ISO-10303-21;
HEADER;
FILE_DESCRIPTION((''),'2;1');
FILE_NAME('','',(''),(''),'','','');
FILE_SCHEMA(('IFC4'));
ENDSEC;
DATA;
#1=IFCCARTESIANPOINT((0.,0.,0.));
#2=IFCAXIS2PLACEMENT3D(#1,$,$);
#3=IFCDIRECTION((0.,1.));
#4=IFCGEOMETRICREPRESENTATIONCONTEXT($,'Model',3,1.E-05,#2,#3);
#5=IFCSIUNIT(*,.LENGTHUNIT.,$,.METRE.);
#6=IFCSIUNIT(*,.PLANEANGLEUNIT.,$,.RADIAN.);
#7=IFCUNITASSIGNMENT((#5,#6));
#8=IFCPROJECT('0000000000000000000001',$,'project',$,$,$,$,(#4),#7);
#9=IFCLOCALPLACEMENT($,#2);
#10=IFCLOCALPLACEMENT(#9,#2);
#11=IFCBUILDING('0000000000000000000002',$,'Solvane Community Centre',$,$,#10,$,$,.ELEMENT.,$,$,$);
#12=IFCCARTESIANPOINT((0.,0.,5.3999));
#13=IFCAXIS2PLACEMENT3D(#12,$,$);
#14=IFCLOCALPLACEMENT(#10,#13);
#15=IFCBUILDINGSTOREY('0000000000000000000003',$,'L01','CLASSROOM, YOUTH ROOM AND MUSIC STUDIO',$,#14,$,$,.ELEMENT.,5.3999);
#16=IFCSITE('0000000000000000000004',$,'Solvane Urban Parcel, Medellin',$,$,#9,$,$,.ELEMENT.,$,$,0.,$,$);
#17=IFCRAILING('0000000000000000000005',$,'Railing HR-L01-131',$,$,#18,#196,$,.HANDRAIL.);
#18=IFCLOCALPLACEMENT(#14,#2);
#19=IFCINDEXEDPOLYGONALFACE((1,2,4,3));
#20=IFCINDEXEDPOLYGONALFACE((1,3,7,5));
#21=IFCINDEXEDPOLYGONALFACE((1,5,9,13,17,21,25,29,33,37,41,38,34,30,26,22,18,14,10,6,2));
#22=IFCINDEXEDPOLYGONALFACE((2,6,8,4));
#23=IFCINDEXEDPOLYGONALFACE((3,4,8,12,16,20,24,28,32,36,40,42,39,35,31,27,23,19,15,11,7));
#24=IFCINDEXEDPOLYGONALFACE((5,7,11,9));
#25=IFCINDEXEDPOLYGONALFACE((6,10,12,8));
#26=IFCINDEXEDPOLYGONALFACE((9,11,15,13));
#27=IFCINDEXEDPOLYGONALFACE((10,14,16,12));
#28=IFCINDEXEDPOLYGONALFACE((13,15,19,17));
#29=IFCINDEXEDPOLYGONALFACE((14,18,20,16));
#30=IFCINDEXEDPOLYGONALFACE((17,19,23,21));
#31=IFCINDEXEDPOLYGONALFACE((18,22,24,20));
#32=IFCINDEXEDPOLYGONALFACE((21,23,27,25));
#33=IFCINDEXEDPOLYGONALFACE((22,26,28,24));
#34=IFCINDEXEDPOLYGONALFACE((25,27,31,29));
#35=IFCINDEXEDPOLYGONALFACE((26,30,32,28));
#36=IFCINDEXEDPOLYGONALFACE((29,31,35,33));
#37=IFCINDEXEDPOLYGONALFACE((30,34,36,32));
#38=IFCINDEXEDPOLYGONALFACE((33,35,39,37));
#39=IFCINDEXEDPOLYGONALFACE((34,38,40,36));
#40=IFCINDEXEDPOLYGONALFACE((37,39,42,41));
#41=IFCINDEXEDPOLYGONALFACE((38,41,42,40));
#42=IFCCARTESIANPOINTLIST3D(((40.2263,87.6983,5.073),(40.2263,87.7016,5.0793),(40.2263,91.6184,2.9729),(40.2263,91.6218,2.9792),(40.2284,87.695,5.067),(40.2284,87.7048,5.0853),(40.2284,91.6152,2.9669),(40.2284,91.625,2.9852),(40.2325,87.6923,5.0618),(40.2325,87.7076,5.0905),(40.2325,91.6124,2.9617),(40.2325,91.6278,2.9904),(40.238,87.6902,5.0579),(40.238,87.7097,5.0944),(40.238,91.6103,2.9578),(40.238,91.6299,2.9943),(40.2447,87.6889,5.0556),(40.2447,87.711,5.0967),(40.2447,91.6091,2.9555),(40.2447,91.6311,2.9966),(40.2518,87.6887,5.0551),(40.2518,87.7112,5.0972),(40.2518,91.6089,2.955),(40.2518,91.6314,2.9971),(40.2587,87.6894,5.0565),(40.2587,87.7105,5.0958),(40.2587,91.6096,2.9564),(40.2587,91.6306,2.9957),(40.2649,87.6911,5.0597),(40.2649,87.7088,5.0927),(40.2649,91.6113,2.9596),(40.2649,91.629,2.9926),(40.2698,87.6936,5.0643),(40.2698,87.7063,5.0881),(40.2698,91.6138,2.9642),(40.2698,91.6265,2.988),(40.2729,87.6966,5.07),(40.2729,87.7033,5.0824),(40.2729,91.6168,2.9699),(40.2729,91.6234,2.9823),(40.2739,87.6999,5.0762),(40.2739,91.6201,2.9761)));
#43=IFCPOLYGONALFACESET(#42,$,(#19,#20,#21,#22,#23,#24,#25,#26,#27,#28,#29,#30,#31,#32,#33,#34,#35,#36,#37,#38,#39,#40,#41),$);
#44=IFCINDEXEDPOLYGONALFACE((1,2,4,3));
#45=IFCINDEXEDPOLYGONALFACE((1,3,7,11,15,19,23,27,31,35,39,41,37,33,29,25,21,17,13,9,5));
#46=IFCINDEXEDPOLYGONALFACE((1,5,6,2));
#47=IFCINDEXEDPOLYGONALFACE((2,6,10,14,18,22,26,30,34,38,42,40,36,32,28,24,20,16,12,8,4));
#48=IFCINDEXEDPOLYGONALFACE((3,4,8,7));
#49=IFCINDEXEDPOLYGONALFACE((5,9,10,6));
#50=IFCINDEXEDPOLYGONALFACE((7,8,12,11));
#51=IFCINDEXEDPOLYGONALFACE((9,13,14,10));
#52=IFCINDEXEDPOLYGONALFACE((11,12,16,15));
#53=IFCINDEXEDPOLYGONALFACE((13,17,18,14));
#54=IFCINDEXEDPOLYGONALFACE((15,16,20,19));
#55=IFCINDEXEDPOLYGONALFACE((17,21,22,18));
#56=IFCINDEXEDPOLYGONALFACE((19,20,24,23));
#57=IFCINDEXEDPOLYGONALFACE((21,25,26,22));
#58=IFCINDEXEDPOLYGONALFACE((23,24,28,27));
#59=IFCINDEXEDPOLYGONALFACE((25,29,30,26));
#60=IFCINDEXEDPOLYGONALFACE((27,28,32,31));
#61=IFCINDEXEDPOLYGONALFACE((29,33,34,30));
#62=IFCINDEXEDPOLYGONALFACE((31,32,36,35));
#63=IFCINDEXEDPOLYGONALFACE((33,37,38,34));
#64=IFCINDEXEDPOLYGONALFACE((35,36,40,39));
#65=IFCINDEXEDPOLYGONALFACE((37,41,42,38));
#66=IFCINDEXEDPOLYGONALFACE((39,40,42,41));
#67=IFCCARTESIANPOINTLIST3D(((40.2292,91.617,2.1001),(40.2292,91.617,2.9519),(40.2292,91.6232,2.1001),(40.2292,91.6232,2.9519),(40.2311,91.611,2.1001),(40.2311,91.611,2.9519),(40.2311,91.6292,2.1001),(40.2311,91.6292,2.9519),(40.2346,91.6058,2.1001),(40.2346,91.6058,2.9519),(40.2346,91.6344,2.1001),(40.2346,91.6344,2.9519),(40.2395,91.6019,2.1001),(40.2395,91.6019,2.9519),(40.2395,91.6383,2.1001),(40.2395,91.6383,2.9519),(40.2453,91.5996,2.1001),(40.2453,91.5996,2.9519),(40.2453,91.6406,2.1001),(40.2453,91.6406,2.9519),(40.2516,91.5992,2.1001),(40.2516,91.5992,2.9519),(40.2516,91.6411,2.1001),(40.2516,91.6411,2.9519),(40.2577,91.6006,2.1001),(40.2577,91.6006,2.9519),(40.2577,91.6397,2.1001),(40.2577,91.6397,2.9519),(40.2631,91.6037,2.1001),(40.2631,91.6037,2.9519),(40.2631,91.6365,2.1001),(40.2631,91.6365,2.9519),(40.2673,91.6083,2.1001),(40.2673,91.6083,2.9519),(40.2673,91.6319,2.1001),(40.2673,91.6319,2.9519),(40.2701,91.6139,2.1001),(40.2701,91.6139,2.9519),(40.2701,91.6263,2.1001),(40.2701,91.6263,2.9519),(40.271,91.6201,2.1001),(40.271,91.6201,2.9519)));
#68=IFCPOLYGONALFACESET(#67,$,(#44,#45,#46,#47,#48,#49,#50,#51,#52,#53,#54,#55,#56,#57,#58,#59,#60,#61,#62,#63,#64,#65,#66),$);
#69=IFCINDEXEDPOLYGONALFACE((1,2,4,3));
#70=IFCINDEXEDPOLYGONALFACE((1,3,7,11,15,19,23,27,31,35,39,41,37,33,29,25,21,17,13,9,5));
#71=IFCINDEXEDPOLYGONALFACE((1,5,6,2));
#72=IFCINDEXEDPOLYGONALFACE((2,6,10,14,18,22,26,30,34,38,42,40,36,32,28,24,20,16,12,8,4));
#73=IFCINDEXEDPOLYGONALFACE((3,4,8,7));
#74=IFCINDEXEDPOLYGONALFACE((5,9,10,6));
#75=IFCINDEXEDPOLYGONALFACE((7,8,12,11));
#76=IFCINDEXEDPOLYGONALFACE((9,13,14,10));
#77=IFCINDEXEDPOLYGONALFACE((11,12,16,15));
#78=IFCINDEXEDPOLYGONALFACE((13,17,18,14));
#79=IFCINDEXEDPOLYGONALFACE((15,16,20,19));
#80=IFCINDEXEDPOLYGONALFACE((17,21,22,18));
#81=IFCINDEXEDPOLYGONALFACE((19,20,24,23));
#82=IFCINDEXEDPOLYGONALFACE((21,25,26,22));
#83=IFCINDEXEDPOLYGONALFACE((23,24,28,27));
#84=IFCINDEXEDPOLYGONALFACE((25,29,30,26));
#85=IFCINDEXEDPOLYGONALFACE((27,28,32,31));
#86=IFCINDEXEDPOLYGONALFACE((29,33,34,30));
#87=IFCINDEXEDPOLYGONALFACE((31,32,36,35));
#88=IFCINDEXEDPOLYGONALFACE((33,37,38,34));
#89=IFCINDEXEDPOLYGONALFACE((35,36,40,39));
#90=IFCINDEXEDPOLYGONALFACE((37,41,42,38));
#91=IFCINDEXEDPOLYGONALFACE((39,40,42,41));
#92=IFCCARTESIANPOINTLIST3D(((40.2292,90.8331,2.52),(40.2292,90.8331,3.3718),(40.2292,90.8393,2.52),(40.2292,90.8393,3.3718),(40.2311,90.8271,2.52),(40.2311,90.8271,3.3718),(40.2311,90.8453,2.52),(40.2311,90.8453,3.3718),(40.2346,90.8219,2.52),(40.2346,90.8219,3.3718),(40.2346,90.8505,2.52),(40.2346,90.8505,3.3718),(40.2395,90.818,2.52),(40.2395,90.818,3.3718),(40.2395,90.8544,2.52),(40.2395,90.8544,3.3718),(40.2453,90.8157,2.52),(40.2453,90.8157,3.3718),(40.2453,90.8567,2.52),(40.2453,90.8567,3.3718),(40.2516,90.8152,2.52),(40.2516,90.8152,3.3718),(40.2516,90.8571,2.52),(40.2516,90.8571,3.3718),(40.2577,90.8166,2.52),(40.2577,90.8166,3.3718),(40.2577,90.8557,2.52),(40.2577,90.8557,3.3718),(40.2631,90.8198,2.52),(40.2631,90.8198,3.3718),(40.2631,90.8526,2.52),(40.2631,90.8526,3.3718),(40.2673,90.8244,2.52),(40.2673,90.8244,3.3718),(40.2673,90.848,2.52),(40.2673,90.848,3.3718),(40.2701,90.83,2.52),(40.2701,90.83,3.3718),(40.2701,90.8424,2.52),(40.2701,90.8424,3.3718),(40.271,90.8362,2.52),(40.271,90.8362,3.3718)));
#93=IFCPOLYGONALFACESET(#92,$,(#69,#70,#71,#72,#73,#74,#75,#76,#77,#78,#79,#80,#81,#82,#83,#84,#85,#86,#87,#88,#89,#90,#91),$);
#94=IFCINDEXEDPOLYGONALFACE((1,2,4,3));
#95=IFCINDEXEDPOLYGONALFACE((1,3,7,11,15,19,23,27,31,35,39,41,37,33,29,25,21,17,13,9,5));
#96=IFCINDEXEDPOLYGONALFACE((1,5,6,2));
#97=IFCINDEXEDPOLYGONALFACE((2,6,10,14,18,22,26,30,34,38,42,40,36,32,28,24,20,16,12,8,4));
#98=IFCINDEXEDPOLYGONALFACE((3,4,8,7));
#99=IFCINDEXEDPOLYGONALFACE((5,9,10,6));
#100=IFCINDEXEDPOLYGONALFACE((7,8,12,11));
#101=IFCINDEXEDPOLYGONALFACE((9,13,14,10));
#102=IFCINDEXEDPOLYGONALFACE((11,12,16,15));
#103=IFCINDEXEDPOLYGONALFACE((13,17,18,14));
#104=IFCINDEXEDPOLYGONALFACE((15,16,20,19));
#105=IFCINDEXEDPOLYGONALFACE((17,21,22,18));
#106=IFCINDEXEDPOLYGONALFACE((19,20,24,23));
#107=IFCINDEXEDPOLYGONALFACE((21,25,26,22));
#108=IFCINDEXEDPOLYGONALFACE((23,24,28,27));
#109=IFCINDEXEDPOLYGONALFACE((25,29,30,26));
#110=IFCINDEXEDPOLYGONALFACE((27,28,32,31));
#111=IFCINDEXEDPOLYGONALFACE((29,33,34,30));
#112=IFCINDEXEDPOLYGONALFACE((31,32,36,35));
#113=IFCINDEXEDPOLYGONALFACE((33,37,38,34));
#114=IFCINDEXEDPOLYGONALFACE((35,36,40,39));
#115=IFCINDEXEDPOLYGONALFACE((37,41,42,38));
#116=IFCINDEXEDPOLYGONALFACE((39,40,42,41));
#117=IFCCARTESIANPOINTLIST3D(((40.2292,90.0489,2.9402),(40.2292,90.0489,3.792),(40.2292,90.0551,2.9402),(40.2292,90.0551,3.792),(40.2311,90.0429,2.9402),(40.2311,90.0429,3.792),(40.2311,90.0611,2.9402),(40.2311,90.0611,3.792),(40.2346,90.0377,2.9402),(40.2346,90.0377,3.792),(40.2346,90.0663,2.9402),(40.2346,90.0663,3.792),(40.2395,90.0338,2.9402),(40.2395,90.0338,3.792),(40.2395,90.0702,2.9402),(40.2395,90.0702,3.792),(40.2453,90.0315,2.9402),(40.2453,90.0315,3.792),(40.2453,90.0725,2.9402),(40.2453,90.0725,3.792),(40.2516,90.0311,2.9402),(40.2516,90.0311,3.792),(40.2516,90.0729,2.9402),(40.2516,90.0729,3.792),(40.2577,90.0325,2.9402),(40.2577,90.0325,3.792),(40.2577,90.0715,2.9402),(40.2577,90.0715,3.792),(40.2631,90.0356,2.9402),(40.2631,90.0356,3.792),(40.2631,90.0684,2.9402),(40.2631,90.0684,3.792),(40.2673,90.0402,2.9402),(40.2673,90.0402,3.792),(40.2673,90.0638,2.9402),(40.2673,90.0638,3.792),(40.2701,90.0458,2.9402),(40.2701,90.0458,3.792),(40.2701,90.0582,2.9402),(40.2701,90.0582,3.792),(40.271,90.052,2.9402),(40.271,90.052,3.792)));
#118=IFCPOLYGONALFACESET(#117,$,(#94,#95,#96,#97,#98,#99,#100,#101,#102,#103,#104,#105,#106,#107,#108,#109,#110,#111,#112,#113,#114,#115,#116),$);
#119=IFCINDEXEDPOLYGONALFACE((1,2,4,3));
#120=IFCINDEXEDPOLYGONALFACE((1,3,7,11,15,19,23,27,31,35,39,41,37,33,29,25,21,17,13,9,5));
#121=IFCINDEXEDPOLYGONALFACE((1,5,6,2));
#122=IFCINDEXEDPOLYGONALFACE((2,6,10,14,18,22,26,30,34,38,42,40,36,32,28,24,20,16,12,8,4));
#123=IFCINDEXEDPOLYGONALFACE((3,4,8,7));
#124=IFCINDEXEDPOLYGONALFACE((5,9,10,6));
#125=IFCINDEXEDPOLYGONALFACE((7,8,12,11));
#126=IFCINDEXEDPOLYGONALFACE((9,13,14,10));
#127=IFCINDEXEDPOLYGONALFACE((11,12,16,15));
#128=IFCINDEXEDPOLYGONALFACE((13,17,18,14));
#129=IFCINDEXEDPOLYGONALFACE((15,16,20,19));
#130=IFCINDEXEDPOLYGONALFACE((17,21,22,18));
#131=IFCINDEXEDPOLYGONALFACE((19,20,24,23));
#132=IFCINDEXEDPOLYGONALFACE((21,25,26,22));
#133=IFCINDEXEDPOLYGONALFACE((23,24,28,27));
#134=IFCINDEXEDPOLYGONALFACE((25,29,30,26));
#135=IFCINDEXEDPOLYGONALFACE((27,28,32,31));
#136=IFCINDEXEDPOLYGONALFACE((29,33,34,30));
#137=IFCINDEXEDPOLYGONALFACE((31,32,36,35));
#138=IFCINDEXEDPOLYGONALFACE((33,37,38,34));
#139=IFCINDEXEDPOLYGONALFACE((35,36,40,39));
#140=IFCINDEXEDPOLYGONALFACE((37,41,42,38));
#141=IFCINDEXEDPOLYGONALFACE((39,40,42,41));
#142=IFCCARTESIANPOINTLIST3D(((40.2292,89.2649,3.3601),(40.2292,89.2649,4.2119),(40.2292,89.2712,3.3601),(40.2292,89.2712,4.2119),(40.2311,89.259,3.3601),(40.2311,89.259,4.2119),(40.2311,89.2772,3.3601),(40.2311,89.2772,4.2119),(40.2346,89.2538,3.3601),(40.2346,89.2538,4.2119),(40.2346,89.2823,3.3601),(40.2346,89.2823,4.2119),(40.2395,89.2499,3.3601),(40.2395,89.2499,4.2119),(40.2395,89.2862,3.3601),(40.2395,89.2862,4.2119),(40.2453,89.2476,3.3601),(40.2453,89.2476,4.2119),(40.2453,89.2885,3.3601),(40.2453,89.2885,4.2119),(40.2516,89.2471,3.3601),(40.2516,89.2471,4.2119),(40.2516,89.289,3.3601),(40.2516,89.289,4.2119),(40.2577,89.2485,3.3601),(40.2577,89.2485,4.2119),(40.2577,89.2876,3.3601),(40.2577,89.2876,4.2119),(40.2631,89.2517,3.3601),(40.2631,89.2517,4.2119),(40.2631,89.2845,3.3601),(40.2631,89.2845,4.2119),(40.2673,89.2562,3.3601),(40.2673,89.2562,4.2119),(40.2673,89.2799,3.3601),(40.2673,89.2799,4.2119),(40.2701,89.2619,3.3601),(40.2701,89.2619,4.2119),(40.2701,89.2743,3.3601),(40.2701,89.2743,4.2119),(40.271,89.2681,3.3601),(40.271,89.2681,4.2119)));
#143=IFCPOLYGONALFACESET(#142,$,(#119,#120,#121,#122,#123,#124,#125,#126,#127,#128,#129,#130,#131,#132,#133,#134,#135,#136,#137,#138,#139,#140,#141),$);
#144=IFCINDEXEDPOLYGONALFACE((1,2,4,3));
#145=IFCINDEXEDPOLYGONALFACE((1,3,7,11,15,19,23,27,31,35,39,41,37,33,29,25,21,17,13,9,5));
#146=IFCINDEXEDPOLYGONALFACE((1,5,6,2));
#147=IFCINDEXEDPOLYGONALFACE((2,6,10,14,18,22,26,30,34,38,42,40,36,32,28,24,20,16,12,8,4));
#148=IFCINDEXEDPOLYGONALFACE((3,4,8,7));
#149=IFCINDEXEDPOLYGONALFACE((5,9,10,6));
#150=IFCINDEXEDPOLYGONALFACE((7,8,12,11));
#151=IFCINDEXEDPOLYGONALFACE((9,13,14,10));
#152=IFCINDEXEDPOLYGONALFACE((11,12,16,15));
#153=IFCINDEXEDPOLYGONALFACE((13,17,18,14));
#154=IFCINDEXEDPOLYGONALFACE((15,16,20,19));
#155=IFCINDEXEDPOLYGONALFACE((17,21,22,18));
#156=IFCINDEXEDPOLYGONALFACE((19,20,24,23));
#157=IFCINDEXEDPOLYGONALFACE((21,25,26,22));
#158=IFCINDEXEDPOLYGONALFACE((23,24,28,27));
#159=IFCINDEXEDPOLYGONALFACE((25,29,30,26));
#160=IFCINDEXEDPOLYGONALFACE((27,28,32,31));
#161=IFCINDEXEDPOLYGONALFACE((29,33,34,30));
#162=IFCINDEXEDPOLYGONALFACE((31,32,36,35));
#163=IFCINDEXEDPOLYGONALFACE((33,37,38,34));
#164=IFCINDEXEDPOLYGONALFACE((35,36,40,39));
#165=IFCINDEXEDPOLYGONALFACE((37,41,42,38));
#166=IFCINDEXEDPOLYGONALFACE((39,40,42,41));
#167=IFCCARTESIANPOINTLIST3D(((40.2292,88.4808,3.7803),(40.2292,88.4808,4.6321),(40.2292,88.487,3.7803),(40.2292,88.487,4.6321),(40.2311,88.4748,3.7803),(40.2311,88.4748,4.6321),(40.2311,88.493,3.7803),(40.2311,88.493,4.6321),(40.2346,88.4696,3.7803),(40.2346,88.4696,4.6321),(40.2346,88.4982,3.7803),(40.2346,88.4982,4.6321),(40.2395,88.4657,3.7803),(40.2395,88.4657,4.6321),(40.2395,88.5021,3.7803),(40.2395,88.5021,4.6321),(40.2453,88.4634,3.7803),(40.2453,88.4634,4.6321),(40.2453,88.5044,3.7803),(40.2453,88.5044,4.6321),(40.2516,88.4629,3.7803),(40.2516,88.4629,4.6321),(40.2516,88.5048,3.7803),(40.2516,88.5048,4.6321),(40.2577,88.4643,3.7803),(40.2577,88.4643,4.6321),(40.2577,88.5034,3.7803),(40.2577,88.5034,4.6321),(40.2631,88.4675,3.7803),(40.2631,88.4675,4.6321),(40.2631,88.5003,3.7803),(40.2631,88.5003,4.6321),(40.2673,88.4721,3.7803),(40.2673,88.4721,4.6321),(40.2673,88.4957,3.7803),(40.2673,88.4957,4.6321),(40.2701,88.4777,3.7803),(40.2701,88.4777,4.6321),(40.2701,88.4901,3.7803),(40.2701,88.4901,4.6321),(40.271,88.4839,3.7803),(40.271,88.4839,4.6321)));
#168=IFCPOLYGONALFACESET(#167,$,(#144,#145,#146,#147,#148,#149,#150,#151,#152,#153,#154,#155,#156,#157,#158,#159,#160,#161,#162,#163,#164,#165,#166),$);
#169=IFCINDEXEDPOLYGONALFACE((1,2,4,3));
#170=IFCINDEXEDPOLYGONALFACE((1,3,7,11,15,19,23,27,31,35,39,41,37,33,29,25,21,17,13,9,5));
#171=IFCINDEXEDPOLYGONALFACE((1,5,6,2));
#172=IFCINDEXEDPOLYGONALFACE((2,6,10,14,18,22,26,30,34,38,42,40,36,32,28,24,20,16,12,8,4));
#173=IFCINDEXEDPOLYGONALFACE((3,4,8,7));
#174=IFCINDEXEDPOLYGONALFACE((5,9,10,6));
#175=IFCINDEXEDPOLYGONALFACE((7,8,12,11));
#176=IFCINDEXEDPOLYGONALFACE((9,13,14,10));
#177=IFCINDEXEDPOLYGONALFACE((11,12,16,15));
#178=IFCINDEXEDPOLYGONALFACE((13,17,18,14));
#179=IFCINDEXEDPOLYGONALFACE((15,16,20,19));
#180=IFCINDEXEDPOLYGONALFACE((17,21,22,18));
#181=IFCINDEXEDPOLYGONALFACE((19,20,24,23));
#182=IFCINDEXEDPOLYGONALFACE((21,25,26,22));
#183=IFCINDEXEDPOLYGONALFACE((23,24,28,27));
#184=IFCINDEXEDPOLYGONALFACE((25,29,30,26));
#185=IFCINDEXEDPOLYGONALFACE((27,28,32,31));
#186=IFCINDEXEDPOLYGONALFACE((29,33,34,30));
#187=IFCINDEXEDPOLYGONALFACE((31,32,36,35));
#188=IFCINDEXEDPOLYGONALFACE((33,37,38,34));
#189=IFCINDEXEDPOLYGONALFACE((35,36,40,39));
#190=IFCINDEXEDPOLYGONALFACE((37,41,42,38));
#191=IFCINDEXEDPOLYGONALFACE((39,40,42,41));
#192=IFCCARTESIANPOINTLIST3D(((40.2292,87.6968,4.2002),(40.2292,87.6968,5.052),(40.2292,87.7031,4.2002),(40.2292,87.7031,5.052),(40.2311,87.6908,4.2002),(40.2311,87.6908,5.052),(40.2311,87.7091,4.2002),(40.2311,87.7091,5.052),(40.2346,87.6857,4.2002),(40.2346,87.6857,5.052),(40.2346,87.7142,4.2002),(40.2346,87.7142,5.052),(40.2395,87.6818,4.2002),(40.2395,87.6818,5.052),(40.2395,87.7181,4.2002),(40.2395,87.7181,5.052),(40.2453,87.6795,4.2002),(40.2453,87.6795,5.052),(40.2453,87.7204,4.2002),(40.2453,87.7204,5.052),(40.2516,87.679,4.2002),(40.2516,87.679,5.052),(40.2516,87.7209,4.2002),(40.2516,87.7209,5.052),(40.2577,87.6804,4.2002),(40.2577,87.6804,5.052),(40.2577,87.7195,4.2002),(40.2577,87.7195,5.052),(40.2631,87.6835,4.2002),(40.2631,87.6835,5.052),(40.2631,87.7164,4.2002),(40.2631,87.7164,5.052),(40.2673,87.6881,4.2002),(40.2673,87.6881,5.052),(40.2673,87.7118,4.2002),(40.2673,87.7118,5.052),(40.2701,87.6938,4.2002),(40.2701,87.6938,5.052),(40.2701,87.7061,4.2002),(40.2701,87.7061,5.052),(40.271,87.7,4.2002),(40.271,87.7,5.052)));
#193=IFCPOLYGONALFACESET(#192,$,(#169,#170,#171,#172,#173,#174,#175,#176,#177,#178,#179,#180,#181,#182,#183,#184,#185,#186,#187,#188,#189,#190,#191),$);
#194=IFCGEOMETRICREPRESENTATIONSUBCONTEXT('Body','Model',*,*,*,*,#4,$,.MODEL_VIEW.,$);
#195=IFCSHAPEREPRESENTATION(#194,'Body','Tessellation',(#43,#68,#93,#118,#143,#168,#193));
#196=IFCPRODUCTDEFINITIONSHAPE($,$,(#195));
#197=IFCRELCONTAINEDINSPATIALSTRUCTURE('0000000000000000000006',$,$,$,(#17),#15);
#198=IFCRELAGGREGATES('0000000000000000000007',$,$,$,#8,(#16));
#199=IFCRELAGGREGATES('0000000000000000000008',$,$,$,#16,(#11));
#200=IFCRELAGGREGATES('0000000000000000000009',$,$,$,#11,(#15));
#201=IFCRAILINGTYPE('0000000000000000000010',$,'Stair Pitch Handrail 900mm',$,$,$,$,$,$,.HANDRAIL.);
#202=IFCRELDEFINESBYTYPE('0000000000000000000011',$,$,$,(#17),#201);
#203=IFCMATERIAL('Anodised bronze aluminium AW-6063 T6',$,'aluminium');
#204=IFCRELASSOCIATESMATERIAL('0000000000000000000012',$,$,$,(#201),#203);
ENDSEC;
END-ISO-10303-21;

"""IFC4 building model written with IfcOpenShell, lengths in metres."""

from ifc_helpers import new_model, si_unit, direction, frame, origin, origin_2d, place, context, subcontext, project, spatial, circle, extrude, material, type_object, element, save


model = new_model("IFC4")

# Units and contexts
model_context = context("Model", 3, precision=1e-05, world=origin(), true_north=direction((0.0, 1.0)))
body_context = subcontext(model_context, "Body", "Model", "MODEL_VIEW")
ifc_project = project(units=[si_unit("LENGTHUNIT", "METRE"), si_unit("PLANEANGLEUNIT", "RADIAN")], contexts=[model_context])

# Site, building, storey
site_placement = place(None, origin())
site = spatial("IfcSite", under=ifc_project, at=site_placement, Name="Solvane Urban Parcel, Medellin", CompositionType="ELEMENT", RefElevation=0.0)
building_placement = place(site_placement, origin())
building = spatial("IfcBuilding", under=site, at=building_placement, Name="Solvane Community Centre", CompositionType="ELEMENT")
storey_placement = place(building_placement, frame((0.0, 0.0, 5.3999)))
storey = spatial("IfcBuildingStorey", under=building, at=storey_placement, Name="L01", Description="CLASSROOM, YOUTH ROOM AND MUSIC STUDIO", CompositionType="ELEMENT", Elevation=5.3999)

# Shared definitions
ifc_material_1 = material(Name="Anodised bronze aluminium AW-6063 T6", Category="aluminium")

# Railing
railing_type_1 = type_object("IfcRailingType", Name="Stair Pitch Handrail 900mm", PredefinedType="HANDRAIL", material=ifc_material_1)
railing_1_placement = place(storey_placement, frame((40.25, 91.6201, 2.1001)))
element("IfcRailing", 1, at=railing_1_placement, inside=storey, type_object=railing_type_1, Name="Railing HR-L01-131", PredefinedType="HANDRAIL", context=body_context, shape_type="SweptSolid", body=[
    extrude(circle(Radius=0.0239, at=origin_2d()), frame((0.0, 0.0, 0.876), z_axis=(0.0, -0.881479, 0.472223), x_axis=(1.0, 0.0, 0.0)), (0.0, 0.0, 1.0), 4.4473),
    extrude(circle(Radius=0.021, at=origin_2d()), origin(), (0.0, 0.0, 1.0), 0.8518),
    extrude(circle(Radius=0.021, at=origin_2d()), frame((0.0, -0.7839, 0.4199)), (0.0, 0.0, 1.0), 0.8518),
    extrude(circle(Radius=0.021, at=origin_2d()), frame((0.0, -1.5681, 0.8401)), (0.0, 0.0, 1.0), 0.8518),
    extrude(circle(Radius=0.021, at=origin_2d()), frame((0.0, -2.3521, 1.26)), (0.0, 0.0, 1.0), 0.8518),
    extrude(circle(Radius=0.021, at=origin_2d()), frame((0.0, -3.1362, 1.6802)), (0.0, 0.0, 1.0), 0.8518),
    extrude(circle(Radius=0.021, at=origin_2d()), frame((0.0, -3.9202, 2.1001)), (0.0, 0.0, 1.0), 0.8518),
])

save(model, "model.ifc")
